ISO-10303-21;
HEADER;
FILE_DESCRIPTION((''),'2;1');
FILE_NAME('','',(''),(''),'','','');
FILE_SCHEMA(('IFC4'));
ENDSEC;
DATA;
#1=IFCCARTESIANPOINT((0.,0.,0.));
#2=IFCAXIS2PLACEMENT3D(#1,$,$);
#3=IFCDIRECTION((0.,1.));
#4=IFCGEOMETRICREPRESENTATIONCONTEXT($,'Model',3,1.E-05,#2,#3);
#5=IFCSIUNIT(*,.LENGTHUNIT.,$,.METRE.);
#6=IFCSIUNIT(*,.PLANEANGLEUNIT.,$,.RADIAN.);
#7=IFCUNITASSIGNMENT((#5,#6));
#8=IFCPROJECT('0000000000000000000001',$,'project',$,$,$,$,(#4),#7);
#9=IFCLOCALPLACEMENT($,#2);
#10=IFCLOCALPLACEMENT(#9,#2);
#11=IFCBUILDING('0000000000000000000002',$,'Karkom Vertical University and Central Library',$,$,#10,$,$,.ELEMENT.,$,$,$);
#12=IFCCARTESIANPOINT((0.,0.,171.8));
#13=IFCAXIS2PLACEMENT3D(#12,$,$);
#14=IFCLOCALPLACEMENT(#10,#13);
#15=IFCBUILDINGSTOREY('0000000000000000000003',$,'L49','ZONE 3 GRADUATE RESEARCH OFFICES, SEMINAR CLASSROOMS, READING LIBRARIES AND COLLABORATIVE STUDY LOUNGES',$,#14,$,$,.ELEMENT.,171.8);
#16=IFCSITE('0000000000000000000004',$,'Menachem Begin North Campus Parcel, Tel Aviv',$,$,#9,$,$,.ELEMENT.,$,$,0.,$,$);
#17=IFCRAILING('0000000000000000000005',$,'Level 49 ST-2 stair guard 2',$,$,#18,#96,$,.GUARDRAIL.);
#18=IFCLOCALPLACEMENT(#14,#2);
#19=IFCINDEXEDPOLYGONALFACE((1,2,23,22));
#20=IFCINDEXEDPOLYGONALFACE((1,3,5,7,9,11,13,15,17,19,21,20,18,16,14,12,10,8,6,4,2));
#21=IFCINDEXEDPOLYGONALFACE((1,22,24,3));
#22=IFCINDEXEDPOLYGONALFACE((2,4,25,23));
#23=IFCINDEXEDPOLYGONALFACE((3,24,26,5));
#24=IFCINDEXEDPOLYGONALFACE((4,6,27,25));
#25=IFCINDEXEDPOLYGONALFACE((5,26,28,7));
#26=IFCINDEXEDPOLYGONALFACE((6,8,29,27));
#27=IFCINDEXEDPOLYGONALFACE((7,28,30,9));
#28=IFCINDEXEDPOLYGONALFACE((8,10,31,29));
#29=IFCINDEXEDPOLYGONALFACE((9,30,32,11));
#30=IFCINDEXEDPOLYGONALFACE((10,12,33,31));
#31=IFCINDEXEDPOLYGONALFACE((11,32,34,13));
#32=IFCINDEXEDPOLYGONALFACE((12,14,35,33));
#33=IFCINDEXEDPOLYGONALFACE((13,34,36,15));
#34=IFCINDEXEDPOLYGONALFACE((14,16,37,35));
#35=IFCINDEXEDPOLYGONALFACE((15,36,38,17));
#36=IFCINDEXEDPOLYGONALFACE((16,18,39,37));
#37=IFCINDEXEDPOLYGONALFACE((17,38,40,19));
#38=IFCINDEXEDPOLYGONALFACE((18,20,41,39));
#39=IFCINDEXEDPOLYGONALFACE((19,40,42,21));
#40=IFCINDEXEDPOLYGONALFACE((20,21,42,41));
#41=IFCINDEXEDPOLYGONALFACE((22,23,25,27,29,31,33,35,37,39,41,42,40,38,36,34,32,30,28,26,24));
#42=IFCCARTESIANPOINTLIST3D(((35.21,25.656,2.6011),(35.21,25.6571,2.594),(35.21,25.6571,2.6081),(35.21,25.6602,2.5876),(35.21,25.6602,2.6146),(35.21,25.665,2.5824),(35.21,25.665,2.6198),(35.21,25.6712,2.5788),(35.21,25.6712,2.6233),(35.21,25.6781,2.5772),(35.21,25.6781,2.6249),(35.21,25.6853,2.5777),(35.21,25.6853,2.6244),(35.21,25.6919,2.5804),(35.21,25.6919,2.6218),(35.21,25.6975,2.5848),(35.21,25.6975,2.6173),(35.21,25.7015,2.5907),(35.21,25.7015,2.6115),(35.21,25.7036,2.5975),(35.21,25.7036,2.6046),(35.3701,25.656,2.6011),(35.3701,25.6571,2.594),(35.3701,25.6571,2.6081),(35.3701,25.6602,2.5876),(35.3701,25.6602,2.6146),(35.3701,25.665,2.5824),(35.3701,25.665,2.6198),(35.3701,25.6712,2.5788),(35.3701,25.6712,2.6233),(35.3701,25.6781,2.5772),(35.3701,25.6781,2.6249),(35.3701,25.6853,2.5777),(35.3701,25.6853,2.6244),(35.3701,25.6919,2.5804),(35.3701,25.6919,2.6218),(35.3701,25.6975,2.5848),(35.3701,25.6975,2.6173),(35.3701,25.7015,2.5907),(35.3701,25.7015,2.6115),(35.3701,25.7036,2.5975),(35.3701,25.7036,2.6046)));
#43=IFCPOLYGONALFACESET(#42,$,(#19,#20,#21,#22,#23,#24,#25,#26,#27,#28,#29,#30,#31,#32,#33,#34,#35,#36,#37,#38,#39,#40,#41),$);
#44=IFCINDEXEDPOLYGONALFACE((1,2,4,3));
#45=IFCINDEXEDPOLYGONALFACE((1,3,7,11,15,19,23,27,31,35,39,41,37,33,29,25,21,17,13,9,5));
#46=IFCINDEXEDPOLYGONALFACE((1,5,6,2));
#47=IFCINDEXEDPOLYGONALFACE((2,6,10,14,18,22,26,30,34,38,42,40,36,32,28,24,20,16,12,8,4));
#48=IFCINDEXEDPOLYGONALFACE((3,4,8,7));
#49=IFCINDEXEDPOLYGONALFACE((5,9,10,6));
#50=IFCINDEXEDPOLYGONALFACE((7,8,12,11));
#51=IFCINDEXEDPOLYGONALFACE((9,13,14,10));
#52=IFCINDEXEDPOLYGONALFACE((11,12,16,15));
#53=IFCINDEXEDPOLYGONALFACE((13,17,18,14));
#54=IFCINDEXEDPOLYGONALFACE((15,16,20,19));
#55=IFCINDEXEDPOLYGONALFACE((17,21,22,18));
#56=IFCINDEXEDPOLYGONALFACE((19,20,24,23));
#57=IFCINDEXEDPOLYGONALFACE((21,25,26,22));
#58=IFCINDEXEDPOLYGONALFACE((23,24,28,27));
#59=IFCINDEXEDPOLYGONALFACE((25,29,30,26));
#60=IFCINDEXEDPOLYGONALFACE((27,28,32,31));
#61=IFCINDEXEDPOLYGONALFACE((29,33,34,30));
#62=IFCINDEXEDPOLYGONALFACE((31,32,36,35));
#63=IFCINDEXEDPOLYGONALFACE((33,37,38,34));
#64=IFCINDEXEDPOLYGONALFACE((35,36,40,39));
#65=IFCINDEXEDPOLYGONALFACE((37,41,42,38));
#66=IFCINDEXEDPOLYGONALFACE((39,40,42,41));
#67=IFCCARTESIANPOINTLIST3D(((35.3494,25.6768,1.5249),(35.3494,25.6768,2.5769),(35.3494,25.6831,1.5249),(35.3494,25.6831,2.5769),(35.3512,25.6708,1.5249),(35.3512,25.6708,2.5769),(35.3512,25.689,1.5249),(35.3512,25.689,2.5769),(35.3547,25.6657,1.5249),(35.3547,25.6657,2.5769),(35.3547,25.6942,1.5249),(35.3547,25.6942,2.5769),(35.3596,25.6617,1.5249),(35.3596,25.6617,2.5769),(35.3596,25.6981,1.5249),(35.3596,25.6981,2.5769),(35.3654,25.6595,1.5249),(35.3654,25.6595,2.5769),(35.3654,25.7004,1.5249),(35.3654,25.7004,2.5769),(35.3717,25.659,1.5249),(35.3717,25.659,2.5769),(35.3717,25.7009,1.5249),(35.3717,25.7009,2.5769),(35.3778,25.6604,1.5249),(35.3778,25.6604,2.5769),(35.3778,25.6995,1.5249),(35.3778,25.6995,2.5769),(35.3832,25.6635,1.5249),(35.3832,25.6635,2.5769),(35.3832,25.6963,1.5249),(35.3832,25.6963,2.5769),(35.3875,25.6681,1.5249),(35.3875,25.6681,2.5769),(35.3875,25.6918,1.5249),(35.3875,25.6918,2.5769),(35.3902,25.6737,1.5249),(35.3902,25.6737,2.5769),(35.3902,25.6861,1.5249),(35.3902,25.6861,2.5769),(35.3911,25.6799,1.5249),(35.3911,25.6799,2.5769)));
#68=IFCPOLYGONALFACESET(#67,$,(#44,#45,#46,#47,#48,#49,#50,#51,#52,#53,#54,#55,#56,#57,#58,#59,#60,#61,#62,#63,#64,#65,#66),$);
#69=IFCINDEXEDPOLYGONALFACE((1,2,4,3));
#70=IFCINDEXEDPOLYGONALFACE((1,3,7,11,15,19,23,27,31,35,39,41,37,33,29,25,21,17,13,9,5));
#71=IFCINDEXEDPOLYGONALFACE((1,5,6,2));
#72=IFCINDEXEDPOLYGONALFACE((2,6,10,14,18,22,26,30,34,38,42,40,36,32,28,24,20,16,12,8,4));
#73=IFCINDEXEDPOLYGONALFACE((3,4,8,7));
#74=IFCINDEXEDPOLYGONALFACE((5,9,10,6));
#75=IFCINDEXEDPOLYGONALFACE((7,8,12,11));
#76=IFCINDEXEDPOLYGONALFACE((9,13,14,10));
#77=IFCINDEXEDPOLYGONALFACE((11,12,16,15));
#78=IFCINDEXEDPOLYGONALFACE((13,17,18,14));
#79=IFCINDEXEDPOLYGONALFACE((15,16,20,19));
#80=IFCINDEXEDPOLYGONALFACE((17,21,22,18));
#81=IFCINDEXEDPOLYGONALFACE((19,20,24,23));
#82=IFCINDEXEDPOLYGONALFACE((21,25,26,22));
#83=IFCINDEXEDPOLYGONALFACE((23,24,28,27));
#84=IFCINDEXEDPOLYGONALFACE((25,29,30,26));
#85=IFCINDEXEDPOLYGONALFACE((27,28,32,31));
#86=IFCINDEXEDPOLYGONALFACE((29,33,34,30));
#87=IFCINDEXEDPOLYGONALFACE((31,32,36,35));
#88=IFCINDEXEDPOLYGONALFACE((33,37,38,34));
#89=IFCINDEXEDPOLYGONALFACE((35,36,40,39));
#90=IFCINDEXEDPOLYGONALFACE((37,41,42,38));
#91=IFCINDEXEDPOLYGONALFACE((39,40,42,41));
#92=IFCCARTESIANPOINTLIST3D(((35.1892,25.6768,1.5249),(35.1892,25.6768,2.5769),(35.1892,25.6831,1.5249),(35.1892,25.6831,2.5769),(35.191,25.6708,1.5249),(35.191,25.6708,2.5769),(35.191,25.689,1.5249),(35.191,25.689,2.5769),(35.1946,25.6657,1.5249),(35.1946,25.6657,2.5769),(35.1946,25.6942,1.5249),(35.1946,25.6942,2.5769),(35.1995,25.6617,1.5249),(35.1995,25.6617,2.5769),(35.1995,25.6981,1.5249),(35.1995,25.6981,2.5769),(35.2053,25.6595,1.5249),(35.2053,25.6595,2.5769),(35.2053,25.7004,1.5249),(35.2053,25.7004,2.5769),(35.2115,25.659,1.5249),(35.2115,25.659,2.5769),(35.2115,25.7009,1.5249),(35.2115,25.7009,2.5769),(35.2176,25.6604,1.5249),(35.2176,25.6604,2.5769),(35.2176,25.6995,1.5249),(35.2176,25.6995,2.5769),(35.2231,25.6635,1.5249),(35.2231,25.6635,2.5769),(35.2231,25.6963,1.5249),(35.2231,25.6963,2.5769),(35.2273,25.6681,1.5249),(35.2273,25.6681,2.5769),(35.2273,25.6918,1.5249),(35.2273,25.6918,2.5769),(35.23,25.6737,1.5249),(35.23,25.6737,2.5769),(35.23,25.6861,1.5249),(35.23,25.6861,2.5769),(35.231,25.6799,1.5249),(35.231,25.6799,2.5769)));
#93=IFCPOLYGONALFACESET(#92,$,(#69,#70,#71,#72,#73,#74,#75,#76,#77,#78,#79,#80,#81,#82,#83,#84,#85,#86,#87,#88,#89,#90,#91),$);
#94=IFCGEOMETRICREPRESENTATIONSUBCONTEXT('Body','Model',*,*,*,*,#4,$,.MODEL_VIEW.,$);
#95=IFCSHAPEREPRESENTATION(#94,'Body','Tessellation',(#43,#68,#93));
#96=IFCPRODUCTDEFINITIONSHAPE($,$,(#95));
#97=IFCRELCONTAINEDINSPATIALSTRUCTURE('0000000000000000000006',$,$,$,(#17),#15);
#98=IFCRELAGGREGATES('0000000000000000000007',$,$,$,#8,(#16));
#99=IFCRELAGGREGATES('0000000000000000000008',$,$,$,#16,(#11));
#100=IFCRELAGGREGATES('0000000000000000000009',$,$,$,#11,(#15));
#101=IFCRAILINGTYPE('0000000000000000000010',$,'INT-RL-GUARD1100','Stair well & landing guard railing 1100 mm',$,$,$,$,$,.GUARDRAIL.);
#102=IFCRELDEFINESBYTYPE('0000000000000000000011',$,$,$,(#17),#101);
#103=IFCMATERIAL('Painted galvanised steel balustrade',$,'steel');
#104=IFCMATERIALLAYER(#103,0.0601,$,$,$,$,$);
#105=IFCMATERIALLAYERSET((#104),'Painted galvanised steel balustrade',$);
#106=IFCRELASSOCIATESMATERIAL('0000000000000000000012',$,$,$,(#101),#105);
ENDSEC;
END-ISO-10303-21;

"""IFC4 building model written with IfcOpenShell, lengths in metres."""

from ifc_helpers import new_model, si_unit, direction, frame, origin, origin_2d, place, context, subcontext, project, spatial, circle, extrude, material, layer, layer_set, type_object, element, save


model = new_model("IFC4")

# Units and contexts
model_context = context("Model", 3, precision=1e-05, world=origin(), true_north=direction((0.0, 1.0)))
body_context = subcontext(model_context, "Body", "Model", "MODEL_VIEW")
ifc_project = project(units=[si_unit("LENGTHUNIT", "METRE"), si_unit("PLANEANGLEUNIT", "RADIAN")], contexts=[model_context])

# Site, building, storey
site_placement = place(None, origin())
site = spatial("IfcSite", under=ifc_project, at=site_placement, Name="Menachem Begin North Campus Parcel, Tel Aviv", CompositionType="ELEMENT", RefElevation=0.0)
building_placement = place(site_placement, origin())
building = spatial("IfcBuilding", under=site, at=building_placement, Name="Karkom Vertical University and Central Library", CompositionType="ELEMENT")
storey_placement = place(building_placement, frame((0.0, 0.0, 171.8)))
storey = spatial("IfcBuildingStorey", under=building, at=storey_placement, Name="L49", Description="ZONE 3 GRADUATE RESEARCH OFFICES, SEMINAR CLASSROOMS, READING LIBRARIES AND COLLABORATIVE STUDY LOUNGES", CompositionType="ELEMENT", Elevation=171.8)

# Railing
ifc_material_1 = material(Name="Painted galvanised steel balustrade", Category="steel")
ifc_layer_1 = layer(ifc_material_1, 0.0601)
ifc_layer_set_1 = layer_set([ifc_layer_1], Name="Painted galvanised steel balustrade")
railing_type_1 = type_object("IfcRailingType", Name="INT-RL-GUARD1100", Description="Stair well & landing guard railing 1100 mm", PredefinedType="GUARDRAIL", material=ifc_layer_set_1)
railing_1_placement = place(storey_placement, frame((35.3701, 25.6799, 1.5249)))
element("IfcRailing", 1, at=railing_1_placement, inside=storey, type_object=railing_type_1, Name="Level 49 ST-2 stair guard 2", PredefinedType="GUARDRAIL", context=body_context, shape_type="SweptSolid", body=[
    extrude(circle(Radius=0.0239, at=origin_2d()), frame((0.0, 0.0, 1.0762), z_axis=(-1.0, 0.0, 0.0), x_axis=(0.0, -1.0, 0.0)), (0.0, 0.0, 1.0), 0.1602),
    extrude(circle(Radius=0.021, at=origin_2d()), origin(), (0.0, 0.0, 1.0), 1.052),
    extrude(circle(Radius=0.021, at=origin_2d()), frame((-0.1602, 0.0, 0.0)), (0.0, 0.0, 1.0), 1.052),
])

save(model, "model.ifc")
